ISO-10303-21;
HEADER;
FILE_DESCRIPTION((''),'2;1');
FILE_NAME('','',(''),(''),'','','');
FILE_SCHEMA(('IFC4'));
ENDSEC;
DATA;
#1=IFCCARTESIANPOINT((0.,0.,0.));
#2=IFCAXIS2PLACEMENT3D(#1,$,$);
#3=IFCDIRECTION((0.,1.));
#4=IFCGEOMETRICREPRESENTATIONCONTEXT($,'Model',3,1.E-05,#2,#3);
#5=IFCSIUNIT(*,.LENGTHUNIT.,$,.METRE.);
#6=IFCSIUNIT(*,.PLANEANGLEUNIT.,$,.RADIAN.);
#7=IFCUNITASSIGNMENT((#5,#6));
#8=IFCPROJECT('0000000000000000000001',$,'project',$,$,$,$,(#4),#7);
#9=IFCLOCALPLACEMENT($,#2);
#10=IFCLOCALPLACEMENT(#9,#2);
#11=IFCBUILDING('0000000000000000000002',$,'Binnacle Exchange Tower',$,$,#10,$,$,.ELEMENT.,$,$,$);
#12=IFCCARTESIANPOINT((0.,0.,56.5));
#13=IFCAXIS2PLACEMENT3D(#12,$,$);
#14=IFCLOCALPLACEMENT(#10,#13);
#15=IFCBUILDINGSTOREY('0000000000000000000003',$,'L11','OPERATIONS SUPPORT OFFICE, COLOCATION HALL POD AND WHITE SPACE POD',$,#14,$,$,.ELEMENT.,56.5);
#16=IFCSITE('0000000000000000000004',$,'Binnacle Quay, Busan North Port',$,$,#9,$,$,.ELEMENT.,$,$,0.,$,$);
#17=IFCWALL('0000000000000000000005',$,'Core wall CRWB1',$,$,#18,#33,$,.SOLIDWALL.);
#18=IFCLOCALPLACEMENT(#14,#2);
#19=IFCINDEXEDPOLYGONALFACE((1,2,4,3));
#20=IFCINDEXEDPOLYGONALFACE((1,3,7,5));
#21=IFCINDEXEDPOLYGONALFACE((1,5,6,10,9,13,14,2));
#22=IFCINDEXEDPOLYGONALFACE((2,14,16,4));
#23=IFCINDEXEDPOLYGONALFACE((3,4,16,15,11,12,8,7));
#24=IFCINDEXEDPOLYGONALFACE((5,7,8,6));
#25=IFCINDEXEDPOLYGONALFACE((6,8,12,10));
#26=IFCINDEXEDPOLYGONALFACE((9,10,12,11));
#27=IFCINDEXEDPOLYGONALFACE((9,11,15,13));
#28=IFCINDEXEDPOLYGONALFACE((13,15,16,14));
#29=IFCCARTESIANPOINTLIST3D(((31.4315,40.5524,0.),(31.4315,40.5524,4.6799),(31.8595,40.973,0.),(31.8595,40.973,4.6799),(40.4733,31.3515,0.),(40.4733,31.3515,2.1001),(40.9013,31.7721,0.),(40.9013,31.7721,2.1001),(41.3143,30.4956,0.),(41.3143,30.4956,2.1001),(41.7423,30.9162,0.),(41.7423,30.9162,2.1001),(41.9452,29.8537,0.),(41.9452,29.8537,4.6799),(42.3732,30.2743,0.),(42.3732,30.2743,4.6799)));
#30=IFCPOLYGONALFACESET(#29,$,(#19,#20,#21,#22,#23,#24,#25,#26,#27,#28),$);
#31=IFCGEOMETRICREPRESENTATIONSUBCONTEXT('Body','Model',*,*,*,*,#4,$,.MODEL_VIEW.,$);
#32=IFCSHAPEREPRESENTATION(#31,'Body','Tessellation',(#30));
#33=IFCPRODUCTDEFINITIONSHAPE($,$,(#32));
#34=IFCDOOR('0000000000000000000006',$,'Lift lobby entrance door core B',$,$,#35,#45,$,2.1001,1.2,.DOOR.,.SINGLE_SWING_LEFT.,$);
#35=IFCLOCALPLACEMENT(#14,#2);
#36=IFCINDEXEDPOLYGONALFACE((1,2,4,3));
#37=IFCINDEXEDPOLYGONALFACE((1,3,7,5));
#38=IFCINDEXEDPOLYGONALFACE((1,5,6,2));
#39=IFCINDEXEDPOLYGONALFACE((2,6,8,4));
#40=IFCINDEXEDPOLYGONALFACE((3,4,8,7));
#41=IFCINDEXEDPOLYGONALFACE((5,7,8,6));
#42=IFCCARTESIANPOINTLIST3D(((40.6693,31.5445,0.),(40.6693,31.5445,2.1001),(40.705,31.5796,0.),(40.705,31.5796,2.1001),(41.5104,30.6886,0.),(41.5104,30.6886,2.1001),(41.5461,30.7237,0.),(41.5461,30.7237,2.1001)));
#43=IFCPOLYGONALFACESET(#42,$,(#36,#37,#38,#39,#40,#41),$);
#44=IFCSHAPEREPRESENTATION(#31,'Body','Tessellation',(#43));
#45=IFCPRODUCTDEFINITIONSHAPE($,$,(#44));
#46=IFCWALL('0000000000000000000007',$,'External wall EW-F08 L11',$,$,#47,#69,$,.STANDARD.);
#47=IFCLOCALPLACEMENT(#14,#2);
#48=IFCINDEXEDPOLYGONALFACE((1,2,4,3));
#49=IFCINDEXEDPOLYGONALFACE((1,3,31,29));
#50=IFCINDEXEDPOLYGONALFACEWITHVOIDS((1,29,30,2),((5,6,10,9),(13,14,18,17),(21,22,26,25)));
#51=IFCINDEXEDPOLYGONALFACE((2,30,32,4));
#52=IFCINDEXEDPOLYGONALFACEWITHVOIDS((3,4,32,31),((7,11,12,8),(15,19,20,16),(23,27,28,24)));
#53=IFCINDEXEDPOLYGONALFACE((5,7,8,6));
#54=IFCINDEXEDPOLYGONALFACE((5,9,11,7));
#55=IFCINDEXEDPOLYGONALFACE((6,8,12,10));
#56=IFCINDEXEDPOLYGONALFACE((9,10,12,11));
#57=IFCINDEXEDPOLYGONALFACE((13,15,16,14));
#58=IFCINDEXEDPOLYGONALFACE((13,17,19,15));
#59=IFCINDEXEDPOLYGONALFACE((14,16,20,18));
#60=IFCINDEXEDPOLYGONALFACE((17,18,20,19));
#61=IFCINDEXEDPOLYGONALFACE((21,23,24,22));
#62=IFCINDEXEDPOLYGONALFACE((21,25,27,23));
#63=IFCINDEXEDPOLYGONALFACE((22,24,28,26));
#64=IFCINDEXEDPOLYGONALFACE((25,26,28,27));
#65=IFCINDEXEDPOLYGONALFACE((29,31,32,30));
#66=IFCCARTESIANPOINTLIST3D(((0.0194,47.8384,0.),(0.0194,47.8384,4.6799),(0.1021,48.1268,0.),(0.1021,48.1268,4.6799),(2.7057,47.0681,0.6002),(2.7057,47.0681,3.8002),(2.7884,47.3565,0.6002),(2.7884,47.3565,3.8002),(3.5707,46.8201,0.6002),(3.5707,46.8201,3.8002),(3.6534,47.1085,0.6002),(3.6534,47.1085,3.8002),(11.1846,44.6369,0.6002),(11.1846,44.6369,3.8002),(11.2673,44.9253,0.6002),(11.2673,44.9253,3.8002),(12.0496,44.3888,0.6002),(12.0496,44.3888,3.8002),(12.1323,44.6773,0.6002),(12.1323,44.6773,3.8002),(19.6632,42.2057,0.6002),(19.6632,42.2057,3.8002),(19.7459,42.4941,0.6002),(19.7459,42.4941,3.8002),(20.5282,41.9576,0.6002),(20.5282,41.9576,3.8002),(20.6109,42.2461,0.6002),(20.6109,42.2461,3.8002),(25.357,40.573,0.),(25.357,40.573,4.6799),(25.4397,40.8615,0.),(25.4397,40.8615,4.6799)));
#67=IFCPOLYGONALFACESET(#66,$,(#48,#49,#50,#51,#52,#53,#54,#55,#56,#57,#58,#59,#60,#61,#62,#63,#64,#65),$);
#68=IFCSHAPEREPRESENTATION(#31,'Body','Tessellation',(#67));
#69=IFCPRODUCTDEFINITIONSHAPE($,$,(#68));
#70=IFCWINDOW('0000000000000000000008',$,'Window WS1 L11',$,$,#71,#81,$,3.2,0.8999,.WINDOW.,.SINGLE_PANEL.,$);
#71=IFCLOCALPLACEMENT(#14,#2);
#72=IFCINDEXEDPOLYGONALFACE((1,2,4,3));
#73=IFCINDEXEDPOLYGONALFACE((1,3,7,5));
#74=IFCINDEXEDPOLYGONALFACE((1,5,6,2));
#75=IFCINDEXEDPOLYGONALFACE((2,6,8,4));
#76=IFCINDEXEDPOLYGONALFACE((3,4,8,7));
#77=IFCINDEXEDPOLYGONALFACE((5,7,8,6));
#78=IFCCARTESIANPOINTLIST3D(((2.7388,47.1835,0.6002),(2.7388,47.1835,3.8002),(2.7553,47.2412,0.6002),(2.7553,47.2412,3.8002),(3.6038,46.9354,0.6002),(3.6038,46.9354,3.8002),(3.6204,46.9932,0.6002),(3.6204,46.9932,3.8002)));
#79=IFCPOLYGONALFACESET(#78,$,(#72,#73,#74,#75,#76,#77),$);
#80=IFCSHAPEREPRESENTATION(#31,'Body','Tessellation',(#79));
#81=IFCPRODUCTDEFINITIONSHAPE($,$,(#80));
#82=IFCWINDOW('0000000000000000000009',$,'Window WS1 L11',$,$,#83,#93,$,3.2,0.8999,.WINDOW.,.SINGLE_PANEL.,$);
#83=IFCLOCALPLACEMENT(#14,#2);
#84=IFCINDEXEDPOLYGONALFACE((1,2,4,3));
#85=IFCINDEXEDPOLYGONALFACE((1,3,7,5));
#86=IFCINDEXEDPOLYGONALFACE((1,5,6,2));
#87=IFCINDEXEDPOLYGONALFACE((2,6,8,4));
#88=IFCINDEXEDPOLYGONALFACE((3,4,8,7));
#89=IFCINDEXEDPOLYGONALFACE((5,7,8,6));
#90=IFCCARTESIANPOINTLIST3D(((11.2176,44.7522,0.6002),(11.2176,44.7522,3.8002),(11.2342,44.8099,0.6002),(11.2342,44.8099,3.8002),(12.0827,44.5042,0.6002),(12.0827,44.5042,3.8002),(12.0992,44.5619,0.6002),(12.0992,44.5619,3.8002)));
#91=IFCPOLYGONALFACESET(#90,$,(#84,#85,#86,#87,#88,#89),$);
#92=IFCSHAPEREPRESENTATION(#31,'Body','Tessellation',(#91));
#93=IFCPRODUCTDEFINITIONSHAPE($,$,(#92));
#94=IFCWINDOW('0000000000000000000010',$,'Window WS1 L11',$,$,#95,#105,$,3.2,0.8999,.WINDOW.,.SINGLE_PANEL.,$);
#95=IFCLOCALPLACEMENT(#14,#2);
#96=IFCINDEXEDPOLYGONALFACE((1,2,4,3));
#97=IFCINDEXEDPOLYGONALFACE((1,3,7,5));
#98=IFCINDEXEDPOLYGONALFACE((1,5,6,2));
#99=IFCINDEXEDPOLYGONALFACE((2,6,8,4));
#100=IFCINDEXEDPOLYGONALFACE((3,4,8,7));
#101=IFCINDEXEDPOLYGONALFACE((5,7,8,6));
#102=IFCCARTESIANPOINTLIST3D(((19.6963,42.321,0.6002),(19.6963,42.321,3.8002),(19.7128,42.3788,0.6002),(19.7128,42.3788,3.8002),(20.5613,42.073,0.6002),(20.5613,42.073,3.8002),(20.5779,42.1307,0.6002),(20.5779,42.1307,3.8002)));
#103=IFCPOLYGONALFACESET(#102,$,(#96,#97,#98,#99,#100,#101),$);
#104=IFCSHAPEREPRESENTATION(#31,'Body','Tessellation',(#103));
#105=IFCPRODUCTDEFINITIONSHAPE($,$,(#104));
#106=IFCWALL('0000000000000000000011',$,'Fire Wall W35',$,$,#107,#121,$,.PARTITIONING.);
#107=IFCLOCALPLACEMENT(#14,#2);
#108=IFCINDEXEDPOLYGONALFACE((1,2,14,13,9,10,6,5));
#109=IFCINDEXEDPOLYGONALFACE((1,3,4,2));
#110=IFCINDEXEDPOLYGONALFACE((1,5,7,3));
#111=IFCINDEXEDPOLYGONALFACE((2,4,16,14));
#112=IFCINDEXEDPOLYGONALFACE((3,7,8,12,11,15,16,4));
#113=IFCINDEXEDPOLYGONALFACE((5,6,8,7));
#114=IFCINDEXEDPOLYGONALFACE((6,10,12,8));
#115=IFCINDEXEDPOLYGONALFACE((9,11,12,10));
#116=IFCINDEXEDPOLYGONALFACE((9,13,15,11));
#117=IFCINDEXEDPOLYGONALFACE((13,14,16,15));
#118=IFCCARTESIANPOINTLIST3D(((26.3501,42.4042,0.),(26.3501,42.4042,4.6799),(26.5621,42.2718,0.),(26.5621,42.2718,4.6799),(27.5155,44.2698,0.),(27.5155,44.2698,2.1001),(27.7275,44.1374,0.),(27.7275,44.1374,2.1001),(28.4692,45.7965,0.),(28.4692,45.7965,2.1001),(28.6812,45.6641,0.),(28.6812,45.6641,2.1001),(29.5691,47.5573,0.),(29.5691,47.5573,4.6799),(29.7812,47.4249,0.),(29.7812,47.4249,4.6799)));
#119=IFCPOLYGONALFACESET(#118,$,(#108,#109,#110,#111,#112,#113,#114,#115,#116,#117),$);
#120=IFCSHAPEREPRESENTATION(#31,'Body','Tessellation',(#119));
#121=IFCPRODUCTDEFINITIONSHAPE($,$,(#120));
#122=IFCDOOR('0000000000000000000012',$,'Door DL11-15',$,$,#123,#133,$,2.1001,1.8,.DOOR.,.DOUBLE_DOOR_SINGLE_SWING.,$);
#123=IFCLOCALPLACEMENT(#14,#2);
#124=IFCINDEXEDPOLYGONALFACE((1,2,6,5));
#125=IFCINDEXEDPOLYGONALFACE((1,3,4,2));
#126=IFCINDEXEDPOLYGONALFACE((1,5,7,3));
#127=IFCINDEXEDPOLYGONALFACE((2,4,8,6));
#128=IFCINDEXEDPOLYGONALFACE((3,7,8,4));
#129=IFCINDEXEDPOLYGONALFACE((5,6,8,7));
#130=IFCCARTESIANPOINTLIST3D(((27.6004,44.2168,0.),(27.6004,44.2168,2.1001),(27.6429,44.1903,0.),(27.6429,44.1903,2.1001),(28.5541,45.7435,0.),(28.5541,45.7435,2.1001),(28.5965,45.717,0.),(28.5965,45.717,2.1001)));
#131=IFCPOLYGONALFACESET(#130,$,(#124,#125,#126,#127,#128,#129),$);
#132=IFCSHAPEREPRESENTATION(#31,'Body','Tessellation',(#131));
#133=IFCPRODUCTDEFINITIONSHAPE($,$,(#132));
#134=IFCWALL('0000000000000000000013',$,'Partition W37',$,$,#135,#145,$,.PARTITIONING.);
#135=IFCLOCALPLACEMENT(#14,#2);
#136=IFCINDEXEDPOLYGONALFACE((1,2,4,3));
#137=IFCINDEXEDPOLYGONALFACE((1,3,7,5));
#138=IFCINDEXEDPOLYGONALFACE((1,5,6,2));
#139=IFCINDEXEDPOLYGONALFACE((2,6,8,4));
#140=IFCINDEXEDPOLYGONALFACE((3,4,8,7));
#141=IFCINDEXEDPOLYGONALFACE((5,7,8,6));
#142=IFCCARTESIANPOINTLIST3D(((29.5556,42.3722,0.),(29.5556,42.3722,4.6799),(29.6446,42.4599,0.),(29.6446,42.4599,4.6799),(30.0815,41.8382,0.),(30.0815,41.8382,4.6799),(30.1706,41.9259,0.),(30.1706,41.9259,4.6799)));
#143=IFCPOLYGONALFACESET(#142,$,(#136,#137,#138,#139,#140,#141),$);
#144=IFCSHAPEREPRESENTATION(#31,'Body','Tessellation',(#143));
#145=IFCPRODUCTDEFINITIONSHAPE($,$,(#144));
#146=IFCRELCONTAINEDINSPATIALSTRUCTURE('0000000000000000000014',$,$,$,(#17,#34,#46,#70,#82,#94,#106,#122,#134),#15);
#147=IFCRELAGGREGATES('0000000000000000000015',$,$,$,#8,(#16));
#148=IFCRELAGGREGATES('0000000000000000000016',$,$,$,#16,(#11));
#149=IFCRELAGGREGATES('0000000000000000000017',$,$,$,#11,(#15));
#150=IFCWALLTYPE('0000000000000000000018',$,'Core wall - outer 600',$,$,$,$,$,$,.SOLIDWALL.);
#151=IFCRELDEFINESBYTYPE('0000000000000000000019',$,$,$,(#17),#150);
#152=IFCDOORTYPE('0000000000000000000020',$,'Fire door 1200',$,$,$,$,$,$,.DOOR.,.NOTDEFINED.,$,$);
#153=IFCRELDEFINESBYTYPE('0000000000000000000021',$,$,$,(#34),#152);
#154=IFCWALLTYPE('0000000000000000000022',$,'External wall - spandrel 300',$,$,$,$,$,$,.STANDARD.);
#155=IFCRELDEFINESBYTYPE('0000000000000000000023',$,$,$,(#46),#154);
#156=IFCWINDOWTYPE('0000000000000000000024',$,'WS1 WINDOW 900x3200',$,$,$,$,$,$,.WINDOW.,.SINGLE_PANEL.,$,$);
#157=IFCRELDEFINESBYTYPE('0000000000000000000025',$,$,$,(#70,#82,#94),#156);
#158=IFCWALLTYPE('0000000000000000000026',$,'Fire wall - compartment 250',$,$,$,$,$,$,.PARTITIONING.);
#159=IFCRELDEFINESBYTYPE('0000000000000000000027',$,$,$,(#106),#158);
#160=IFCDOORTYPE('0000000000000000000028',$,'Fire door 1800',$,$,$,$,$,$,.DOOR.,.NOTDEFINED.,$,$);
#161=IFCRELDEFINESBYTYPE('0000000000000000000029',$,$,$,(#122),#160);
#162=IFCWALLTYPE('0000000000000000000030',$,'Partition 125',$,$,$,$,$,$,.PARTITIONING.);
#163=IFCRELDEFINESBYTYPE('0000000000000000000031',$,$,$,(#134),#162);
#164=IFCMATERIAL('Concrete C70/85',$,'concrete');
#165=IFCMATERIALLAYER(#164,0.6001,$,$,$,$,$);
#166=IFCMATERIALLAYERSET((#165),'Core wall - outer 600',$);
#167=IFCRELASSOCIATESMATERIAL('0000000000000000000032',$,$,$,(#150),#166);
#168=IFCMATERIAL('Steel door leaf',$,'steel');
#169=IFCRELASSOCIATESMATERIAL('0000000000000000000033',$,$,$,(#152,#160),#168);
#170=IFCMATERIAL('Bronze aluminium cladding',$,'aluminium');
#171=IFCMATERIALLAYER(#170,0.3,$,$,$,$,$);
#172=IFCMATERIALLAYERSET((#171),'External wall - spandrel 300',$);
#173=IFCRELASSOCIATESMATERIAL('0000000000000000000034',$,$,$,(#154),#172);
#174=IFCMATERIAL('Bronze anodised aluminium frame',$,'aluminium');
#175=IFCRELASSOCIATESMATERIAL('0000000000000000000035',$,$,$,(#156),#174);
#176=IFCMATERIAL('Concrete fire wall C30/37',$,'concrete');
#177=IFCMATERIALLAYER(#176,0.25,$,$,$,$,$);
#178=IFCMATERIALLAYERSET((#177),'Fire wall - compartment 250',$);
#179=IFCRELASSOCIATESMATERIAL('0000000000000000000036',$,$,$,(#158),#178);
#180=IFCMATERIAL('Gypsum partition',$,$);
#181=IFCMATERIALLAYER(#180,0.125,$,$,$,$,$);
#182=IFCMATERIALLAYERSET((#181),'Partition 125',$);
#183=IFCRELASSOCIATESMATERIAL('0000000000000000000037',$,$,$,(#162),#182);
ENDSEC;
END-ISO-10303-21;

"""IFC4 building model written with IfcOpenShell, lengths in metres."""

from ifc_helpers import new_model, si_unit, direction, frame, frame_2d, origin, place, context, subcontext, project, spatial, rectangle, extrude, material, layer, layer_set, type_object, element, fill, save


model = new_model("IFC4")

# Units and contexts
model_context = context("Model", 3, precision=1e-05, world=origin(), true_north=direction((0.0, 1.0)))
body_context = subcontext(model_context, "Body", "Model", "MODEL_VIEW")
ifc_project = project(units=[si_unit("LENGTHUNIT", "METRE"), si_unit("PLANEANGLEUNIT", "RADIAN")], contexts=[model_context])

# Site, building, storey
site_placement = place(None, origin())
site = spatial("IfcSite", under=ifc_project, at=site_placement, Name="Binnacle Quay, Busan North Port", CompositionType="ELEMENT", RefElevation=0.0)
building_placement = place(site_placement, origin())
building = spatial("IfcBuilding", under=site, at=building_placement, Name="Binnacle Exchange Tower", CompositionType="ELEMENT")
storey_placement = place(building_placement, frame((0.0, 0.0, 56.5)))
storey = spatial("IfcBuildingStorey", under=building, at=storey_placement, Name="L11", Description="OPERATIONS SUPPORT OFFICE, COLOCATION HALL POD AND WHITE SPACE POD", CompositionType="ELEMENT", Elevation=56.5)

# Shared definitions
ifc_material_1 = material(Name="Concrete C70/85", Category="concrete")

# Wall, opening, door
ifc_layer_1 = layer(ifc_material_1, 0.6001)
ifc_layer_set_1 = layer_set([ifc_layer_1], Name="Core wall - outer 600")
wall_type_1 = type_object("IfcWallType", Name="Core wall - outer 600", PredefinedType="SOLIDWALL", material=ifc_layer_set_1)
wall_1_placement = place(storey_placement, frame((31.6455, 40.7627, 0.0), z_axis=(0.0, 0.0, 1.0), x_axis=(0.700911, -0.713248, 0.0)))
wall_1 = element("IfcWall", 1, at=wall_1_placement, inside=storey, type_object=wall_type_1, Name="Core wall CRWB1", PredefinedType="SOLIDWALL", context=body_context, shape_type="SweptSolid", body=[
    extrude(rectangle(XDim=15.0, YDim=0.6001, at=frame_2d((7.5, 0.0))), origin(), (0.0, 0.0, 1.0), 4.6799),
])
opening_1_placement = place(wall_1_placement, frame((12.8999, 0.0, 0.0)))
opening_1 = element("IfcOpeningElement", 2, at=opening_1_placement, cuts=wall_1, PredefinedType="OPENING", context=body_context, shape_type="SweptSolid", body=[
    extrude(rectangle(XDim=1.2, YDim=2.1001, at=frame_2d((0.6001, 1.05))), frame((0.0, 0.3101, 0.0), z_axis=(0.0, -1.0, 0.0), x_axis=(1.0, 0.0, 0.0)), (0.0, 0.0, 1.0), 0.6201),
])
ifc_material_2 = material(Name="Steel door leaf", Category="steel")
door_type_1 = type_object("IfcDoorType", Name="Fire door 1200", OperationType="NOTDEFINED", PredefinedType="DOOR", material=ifc_material_2)
door_1_placement = place(opening_1_placement, frame((1.2, 0.0, 0.0), z_axis=(0.0, 0.0, 1.0), x_axis=(-1.0, 0.0, 0.0)))
door_1 = element("IfcDoor", 3, at=door_1_placement, inside=storey, type_object=door_type_1, Name="Lift lobby entrance door core B", OperationType="SINGLE_SWING_LEFT", OverallHeight=2.1001, OverallWidth=1.2, PredefinedType="DOOR", context=body_context, shape_type="SweptSolid", body=[
    extrude(rectangle(XDim=1.2, YDim=2.1001, at=frame_2d((0.6001, 1.05))), frame((0.0, 0.0249, 0.0), z_axis=(0.0, -1.0, 0.0), x_axis=(1.0, 0.0, 0.0)), (0.0, 0.0, 1.0), 0.05),
])
fill(opening_1, door_1)

# Wall, openings, windows
ifc_material_3 = material(Name="Bronze aluminium cladding", Category="aluminium")
ifc_layer_2 = layer(ifc_material_3, 0.3)
ifc_layer_set_2 = layer_set([ifc_layer_2], Name="External wall - spandrel 300")
wall_type_2 = type_object("IfcWallType", Name="External wall - spandrel 300", PredefinedType="STANDARD", material=ifc_layer_set_2)
wall_2_placement = place(storey_placement, frame((25.3982, 40.7173, 0.0), z_axis=(0.0, 0.0, 1.0), x_axis=(-0.961262, 0.275635, 0.0)))
wall_2 = element("IfcWall", 4, at=wall_2_placement, inside=storey, type_object=wall_type_2, Name="External wall EW-F08 L11", PredefinedType="STANDARD", context=body_context, shape_type="SweptSolid", body=[
    extrude(rectangle(XDim=26.3586, YDim=0.3, at=frame_2d((13.1792, 0.0))), origin(), (0.0, 0.0, 1.0), 4.6799),
])
opening_2_placement = place(wall_2_placement, frame((22.6641, 0.0, 0.6001)))
opening_2 = element("IfcOpeningElement", 5, at=opening_2_placement, cuts=wall_2, PredefinedType="OPENING", context=body_context, shape_type="SweptSolid", body=[
    extrude(rectangle(XDim=0.8999, YDim=3.2, at=frame_2d((0.45, 1.6001))), frame((0.0, 0.1599, 0.0), z_axis=(0.0, -1.0, 0.0), x_axis=(1.0, 0.0, 0.0)), (0.0, 0.0, 1.0), 0.3201),
])
opening_3_placement = place(wall_2_placement, frame((13.8435, 0.0, 0.6001)))
opening_3 = element("IfcOpeningElement", 6, at=opening_3_placement, cuts=wall_2, PredefinedType="OPENING", context=body_context, shape_type="SweptSolid", body=[
    extrude(rectangle(XDim=0.8999, YDim=3.2, at=frame_2d((0.45, 1.6001))), frame((0.0, 0.1599, 0.0), z_axis=(0.0, -1.0, 0.0), x_axis=(1.0, 0.0, 0.0)), (0.0, 0.0, 1.0), 0.3201),
])
opening_4_placement = place(wall_2_placement, frame((5.0232, 0.0, 0.6001)))
opening_4 = element("IfcOpeningElement", 7, at=opening_4_placement, cuts=wall_2, PredefinedType="OPENING", context=body_context, shape_type="SweptSolid", body=[
    extrude(rectangle(XDim=0.8999, YDim=3.2, at=frame_2d((0.45, 1.6001))), frame((0.0, 0.1599, 0.0), z_axis=(0.0, -1.0, 0.0), x_axis=(1.0, 0.0, 0.0)), (0.0, 0.0, 1.0), 0.3201),
])
ifc_material_4 = material(Name="Bronze anodised aluminium frame", Category="aluminium")
window_type = type_object("IfcWindowType", Name="WS1 WINDOW 900x3200", PartitioningType="SINGLE_PANEL", PredefinedType="WINDOW", material=ifc_material_4)
window_1_placement = place(opening_2_placement, origin())
window_1 = element("IfcWindow", 8, at=window_1_placement, inside=storey, type_object=window_type, Name="Window WS1 L11", OverallHeight=3.2, OverallWidth=0.8999, PartitioningType="SINGLE_PANEL", PredefinedType="WINDOW", context=body_context, shape_type="SweptSolid", body=[
    extrude(rectangle(XDim=0.8999, YDim=3.2, at=frame_2d((0.45, 1.6001))), frame((0.0, 0.03, 0.0), z_axis=(0.0, -1.0, 0.0), x_axis=(1.0, 0.0, 0.0)), (0.0, 0.0, 1.0), 0.0601),
])
fill(opening_2, window_1)
window_2_placement = place(opening_3_placement, origin())
window_2 = element("IfcWindow", 9, at=window_2_placement, inside=storey, type_object=window_type, Name="Window WS1 L11", OverallHeight=3.2, OverallWidth=0.8999, PartitioningType="SINGLE_PANEL", PredefinedType="WINDOW", context=body_context, shape_type="SweptSolid", body=[
    extrude(rectangle(XDim=0.8999, YDim=3.2, at=frame_2d((0.45, 1.6001))), frame((0.0, 0.03, 0.0), z_axis=(0.0, -1.0, 0.0), x_axis=(1.0, 0.0, 0.0)), (0.0, 0.0, 1.0), 0.0601),
])
fill(opening_3, window_2)
window_3_placement = place(opening_4_placement, origin())
window_3 = element("IfcWindow", 10, at=window_3_placement, inside=storey, type_object=window_type, Name="Window WS1 L11", OverallHeight=3.2, OverallWidth=0.8999, PartitioningType="SINGLE_PANEL", PredefinedType="WINDOW", context=body_context, shape_type="SweptSolid", body=[
    extrude(rectangle(XDim=0.8999, YDim=3.2, at=frame_2d((0.45, 1.6001))), frame((0.0, 0.03, 0.0), z_axis=(0.0, -1.0, 0.0), x_axis=(1.0, 0.0, 0.0)), (0.0, 0.0, 1.0), 0.0601),
])
fill(opening_4, window_3)

# Wall, opening, door
ifc_material_5 = material(Name="Concrete fire wall C30/37", Category="concrete")
ifc_layer_3 = layer(ifc_material_5, 0.25)
ifc_layer_set_3 = layer_set([ifc_layer_3], Name="Fire wall - compartment 250")
wall_type_3 = type_object("IfcWallType", Name="Fire wall - compartment 250", PredefinedType="PARTITIONING", material=ifc_layer_set_3)
wall_3_placement = place(storey_placement, frame((26.4561, 42.3379, 0.0), z_axis=(0.0, 0.0, 1.0), x_axis=(0.5298, 0.848122, 0.0)))
wall_3 = element("IfcWall", 11, at=wall_3_placement, inside=storey, type_object=wall_type_3, Name="Fire Wall W35", PredefinedType="PARTITIONING", context=body_context, shape_type="SweptSolid", body=[
    extrude(rectangle(XDim=6.0759, YDim=0.25, at=frame_2d((3.0381, 0.0))), origin(), (0.0, 0.0, 1.0), 4.6799),
])
opening_5_placement = place(wall_3_placement, frame((2.2, 0.0, 0.0)))
opening_5 = element("IfcOpeningElement", 12, at=opening_5_placement, cuts=wall_3, PredefinedType="OPENING", context=body_context, shape_type="SweptSolid", body=[
    extrude(rectangle(XDim=1.8, YDim=2.1001, at=frame_2d((0.8999, 1.05))), frame((0.0, 0.135, 0.0), z_axis=(0.0, -1.0, 0.0), x_axis=(1.0, 0.0, 0.0)), (0.0, 0.0, 1.0), 0.27),
])
door_type_2 = type_object("IfcDoorType", Name="Fire door 1800", OperationType="NOTDEFINED", PredefinedType="DOOR", material=ifc_material_2)
door_2_placement = place(opening_5_placement, origin())
door_2 = element("IfcDoor", 13, at=door_2_placement, inside=storey, type_object=door_type_2, Name="Door DL11-15", OperationType="DOUBLE_DOOR_SINGLE_SWING", OverallHeight=2.1001, OverallWidth=1.8, PredefinedType="DOOR", context=body_context, shape_type="SweptSolid", body=[
    extrude(rectangle(XDim=1.8, YDim=2.1001, at=frame_2d((0.8999, 1.05))), frame((0.0, 0.0249, 0.0), z_axis=(0.0, -1.0, 0.0), x_axis=(1.0, 0.0, 0.0)), (0.0, 0.0, 1.0), 0.05),
])
fill(opening_5, door_2)

# Wall
ifc_material_6 = material(Name="Gypsum partition")
ifc_layer_4 = layer(ifc_material_6, 0.125)
ifc_layer_set_4 = layer_set([ifc_layer_4], Name="Partition 125")
wall_type_4 = type_object("IfcWallType", Name="Partition 125", PredefinedType="PARTITIONING", material=ifc_layer_set_4)
wall_4_placement = place(storey_placement, frame((29.6001, 42.416, 0.0), z_axis=(0.0, 0.0, 1.0), x_axis=(0.701711, -0.712462, 0.0)))
element("IfcWall", 14, at=wall_4_placement, inside=storey, type_object=wall_type_4, Name="Partition W37", PredefinedType="PARTITIONING", context=body_context, shape_type="SweptSolid", body=[
    extrude(rectangle(XDim=0.7495, YDim=0.125, at=frame_2d((0.3748, 0.0))), origin(), (0.0, 0.0, 1.0), 4.6799),
])

save(model, "model.ifc")
